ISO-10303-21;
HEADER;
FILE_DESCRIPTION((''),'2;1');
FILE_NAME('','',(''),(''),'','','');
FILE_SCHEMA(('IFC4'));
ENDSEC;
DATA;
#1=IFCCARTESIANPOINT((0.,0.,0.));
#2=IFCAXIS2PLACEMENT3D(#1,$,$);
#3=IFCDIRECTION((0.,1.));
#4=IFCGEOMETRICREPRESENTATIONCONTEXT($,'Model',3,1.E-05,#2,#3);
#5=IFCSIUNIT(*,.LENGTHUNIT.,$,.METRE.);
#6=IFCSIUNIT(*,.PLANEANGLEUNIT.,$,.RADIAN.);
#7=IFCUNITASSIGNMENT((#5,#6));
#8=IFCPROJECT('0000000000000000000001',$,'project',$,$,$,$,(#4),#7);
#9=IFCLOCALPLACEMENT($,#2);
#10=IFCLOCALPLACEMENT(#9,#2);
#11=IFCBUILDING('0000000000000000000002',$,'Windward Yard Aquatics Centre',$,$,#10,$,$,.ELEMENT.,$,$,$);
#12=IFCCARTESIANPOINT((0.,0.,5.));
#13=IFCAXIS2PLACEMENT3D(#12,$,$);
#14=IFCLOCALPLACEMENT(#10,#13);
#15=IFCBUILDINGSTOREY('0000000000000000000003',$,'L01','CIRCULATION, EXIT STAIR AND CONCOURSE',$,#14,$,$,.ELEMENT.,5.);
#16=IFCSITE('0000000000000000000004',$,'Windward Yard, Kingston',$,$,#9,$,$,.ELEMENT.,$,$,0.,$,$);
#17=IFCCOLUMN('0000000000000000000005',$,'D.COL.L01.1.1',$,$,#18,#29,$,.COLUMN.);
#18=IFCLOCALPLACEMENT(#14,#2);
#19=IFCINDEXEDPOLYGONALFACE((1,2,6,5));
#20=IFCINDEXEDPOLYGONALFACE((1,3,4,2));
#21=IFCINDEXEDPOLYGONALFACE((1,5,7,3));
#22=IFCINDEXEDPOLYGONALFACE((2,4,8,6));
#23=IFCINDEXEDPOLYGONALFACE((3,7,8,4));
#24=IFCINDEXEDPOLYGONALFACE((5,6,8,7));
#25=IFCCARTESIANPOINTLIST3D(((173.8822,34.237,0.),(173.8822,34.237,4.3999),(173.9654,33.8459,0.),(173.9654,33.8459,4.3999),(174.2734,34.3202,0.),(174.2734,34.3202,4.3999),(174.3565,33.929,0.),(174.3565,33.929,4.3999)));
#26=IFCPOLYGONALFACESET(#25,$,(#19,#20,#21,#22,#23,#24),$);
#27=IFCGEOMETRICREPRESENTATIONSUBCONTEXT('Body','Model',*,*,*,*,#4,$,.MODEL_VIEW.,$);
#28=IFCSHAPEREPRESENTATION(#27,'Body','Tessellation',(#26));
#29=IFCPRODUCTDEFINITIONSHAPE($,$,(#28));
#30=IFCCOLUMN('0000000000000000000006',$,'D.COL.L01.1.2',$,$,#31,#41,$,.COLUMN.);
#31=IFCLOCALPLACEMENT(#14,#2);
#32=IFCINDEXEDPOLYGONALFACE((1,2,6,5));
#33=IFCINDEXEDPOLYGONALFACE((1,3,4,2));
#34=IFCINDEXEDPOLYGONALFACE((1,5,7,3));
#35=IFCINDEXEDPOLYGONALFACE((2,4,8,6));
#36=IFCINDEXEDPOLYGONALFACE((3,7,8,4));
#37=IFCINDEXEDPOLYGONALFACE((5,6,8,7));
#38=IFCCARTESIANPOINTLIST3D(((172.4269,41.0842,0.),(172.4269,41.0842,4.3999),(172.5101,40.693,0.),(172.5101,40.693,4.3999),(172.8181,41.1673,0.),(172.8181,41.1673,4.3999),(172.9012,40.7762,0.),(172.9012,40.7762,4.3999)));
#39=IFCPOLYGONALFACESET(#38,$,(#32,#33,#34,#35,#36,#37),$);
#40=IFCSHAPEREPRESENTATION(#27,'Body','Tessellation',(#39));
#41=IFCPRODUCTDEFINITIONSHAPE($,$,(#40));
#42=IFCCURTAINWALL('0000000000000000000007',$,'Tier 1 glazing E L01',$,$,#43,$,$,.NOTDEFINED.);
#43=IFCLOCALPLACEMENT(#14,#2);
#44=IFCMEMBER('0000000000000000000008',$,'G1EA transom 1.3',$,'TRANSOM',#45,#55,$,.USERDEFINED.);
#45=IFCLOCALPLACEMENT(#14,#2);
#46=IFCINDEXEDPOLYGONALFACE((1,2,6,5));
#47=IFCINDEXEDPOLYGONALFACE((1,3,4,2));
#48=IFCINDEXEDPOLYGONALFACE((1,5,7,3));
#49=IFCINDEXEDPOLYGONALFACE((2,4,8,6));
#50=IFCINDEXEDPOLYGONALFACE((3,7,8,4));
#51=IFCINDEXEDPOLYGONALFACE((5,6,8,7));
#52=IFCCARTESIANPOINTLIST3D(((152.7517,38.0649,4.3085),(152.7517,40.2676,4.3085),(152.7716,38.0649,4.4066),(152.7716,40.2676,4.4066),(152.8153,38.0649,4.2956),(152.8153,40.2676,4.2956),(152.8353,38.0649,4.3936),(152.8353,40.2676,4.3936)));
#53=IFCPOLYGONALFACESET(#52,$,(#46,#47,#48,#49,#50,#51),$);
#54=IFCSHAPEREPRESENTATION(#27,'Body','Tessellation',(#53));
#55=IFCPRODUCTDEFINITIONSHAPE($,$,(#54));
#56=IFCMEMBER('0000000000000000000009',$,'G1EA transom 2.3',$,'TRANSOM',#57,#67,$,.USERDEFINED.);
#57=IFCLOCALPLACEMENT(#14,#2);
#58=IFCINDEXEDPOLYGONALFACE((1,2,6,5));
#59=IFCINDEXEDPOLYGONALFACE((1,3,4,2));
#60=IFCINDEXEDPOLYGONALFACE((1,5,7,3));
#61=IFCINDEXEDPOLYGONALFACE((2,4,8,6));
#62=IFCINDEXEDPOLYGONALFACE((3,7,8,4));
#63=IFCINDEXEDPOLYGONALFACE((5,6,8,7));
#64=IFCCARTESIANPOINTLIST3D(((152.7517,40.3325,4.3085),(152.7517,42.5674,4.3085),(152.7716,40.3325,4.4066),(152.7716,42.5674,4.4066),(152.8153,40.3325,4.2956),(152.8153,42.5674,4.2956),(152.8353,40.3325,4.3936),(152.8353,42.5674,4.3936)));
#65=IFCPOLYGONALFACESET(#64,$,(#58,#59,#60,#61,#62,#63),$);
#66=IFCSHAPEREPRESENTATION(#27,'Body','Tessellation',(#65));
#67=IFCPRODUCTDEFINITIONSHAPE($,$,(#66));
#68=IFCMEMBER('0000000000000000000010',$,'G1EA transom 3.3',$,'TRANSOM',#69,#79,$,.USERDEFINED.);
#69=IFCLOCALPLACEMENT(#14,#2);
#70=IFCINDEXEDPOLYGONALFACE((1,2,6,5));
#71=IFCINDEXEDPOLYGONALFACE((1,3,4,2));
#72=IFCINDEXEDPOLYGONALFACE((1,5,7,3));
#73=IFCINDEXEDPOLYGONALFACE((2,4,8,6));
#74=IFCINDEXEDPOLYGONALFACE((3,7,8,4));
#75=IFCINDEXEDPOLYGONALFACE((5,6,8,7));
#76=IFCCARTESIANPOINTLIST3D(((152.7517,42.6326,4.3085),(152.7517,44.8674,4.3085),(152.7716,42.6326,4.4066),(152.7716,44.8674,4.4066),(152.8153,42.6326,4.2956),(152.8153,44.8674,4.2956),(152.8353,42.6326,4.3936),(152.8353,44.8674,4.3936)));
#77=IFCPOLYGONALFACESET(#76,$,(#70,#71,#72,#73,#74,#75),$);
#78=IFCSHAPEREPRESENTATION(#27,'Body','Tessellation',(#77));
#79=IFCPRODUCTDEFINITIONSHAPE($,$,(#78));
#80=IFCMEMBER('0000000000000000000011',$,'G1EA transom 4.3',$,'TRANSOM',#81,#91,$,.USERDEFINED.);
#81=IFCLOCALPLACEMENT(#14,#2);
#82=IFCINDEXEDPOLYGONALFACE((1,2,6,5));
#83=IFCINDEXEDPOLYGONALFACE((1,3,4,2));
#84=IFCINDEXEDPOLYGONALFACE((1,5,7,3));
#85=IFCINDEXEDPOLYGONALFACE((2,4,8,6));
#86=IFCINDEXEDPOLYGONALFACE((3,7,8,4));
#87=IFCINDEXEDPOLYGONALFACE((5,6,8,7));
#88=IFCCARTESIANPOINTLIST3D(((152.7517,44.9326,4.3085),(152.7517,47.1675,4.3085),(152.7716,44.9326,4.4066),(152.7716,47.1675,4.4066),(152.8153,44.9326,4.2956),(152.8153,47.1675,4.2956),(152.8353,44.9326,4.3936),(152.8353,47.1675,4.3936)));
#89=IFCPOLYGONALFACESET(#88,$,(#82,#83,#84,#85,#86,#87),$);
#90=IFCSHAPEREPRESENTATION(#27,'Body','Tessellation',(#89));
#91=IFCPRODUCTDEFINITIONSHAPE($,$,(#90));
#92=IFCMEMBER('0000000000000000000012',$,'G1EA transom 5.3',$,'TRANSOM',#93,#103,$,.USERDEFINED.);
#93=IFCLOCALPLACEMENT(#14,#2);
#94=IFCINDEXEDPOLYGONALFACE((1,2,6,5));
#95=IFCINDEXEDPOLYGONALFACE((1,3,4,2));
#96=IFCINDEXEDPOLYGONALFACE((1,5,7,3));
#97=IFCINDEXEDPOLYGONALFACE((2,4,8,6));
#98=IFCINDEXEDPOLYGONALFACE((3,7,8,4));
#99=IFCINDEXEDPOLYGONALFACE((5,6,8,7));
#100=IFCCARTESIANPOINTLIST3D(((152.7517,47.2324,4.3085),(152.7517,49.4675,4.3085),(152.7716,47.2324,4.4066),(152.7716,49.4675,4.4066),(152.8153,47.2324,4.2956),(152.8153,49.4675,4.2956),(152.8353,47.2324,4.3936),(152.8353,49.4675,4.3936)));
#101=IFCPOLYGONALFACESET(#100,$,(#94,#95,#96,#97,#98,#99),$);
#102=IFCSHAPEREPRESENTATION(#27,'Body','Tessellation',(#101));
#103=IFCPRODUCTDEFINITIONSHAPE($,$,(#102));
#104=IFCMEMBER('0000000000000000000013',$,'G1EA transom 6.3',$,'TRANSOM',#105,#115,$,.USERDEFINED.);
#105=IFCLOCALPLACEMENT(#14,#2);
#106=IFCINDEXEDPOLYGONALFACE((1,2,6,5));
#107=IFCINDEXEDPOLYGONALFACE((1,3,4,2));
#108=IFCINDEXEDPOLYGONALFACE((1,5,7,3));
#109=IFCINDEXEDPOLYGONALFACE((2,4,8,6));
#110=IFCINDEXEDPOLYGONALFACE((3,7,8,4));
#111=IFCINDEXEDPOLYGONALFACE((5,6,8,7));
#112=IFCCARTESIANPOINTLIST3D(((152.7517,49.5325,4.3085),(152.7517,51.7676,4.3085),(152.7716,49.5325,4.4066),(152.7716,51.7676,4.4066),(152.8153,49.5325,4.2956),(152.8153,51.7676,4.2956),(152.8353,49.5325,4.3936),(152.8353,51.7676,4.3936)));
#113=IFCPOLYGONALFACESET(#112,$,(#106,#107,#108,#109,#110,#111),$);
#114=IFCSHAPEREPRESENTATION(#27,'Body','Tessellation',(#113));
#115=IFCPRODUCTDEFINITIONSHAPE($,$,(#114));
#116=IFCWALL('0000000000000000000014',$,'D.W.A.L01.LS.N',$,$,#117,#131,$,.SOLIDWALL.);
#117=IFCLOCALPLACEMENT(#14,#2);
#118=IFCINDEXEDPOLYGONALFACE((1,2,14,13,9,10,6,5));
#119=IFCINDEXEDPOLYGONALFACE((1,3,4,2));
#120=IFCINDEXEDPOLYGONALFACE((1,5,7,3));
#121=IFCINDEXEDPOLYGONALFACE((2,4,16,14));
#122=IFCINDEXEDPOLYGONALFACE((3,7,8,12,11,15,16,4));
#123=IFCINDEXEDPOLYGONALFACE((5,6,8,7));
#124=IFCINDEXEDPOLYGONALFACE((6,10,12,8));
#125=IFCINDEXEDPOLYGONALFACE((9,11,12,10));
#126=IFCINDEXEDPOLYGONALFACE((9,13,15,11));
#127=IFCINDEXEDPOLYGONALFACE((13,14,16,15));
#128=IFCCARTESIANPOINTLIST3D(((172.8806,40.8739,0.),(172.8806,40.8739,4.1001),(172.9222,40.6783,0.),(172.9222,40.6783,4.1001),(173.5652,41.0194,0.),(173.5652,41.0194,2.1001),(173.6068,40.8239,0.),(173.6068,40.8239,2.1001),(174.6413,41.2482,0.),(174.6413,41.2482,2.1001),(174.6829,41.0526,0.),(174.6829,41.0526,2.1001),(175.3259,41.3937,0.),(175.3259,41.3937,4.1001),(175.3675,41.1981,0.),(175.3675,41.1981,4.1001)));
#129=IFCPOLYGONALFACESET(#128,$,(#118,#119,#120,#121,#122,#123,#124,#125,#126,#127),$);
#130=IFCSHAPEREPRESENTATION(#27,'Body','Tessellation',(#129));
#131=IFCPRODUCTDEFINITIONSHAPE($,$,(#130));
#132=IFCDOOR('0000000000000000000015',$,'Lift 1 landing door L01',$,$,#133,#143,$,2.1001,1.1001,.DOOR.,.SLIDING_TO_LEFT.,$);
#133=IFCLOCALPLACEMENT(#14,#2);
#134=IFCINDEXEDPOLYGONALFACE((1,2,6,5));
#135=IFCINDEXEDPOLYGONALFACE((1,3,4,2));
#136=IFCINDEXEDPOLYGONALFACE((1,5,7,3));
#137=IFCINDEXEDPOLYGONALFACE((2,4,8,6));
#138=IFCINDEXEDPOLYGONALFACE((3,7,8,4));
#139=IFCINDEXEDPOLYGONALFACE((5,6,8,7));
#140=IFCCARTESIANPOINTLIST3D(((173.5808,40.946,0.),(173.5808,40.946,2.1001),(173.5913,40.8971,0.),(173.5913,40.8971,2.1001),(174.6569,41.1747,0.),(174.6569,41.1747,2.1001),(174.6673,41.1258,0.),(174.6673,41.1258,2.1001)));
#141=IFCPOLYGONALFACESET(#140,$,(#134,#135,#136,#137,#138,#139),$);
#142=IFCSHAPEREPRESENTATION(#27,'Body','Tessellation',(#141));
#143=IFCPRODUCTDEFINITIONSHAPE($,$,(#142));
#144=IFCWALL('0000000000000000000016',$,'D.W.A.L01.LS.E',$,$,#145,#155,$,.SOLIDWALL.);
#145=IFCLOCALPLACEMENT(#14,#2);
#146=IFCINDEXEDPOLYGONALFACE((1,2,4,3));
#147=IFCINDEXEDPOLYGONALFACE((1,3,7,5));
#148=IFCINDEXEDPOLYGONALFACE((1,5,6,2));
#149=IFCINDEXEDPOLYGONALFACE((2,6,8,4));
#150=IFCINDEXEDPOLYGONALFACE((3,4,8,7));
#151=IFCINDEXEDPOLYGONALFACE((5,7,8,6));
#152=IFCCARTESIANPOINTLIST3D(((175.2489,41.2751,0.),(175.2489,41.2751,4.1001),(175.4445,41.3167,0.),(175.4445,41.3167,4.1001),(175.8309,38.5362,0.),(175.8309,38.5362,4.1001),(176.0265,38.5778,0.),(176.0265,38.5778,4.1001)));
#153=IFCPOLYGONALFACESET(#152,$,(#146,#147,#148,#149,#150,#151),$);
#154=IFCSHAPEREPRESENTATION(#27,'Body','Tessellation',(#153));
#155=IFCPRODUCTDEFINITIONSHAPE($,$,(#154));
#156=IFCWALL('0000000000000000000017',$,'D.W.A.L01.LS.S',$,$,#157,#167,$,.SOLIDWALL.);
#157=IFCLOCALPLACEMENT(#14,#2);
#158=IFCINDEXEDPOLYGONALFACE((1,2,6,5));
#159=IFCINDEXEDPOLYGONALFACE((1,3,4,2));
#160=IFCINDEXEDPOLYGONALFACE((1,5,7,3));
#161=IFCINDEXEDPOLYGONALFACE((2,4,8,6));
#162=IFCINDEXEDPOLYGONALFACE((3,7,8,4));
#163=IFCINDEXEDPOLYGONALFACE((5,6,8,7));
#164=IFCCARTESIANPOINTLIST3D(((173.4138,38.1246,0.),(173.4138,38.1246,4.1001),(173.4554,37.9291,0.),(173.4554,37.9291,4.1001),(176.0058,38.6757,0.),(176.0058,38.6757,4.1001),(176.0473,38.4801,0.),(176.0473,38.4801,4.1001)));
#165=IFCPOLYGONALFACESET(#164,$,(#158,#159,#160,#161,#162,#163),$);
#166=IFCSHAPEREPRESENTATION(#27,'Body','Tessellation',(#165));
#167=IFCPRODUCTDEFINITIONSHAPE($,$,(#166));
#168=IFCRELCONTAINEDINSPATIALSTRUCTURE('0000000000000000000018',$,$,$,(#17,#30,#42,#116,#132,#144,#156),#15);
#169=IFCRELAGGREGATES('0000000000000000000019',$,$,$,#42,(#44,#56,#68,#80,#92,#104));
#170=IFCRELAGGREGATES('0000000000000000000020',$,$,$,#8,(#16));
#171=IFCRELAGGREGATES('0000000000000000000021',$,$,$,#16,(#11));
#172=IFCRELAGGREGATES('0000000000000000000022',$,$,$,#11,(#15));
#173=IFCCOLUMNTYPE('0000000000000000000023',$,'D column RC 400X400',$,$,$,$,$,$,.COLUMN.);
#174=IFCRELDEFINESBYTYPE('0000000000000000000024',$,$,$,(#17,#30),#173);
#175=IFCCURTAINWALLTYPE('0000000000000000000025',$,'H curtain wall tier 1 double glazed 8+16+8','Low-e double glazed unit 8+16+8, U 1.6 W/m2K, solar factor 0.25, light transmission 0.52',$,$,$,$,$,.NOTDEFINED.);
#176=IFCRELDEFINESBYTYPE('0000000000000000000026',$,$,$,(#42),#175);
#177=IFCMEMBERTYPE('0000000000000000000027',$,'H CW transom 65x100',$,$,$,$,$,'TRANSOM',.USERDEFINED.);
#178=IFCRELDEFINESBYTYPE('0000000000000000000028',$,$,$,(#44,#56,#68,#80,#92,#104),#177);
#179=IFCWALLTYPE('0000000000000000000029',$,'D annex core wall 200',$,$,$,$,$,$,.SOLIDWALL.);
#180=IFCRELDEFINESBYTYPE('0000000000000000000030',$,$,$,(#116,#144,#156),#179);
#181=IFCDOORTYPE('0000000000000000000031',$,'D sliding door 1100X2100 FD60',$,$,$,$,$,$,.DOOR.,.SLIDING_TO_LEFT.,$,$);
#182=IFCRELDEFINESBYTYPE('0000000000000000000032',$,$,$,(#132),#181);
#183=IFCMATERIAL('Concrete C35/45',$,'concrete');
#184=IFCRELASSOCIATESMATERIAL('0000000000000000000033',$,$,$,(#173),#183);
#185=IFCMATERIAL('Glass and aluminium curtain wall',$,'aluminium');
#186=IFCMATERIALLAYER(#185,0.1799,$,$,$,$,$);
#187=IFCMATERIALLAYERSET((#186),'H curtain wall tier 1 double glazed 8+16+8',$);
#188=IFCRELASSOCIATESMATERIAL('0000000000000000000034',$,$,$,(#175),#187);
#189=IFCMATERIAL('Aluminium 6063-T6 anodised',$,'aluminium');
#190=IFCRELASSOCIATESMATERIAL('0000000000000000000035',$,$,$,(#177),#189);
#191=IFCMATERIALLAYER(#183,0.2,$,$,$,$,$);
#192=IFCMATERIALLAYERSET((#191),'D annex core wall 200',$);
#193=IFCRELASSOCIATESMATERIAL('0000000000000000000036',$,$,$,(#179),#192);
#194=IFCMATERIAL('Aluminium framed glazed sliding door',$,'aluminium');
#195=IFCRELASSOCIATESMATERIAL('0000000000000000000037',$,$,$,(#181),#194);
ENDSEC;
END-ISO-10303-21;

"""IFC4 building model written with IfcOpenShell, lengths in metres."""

from ifc_helpers import new_model, si_unit, direction, frame, frame_2d, origin, origin_2d, place, context, subcontext, project, spatial, rectangle, extrude, material, layer, layer_set, material_profile, profile_set, type_object, element, fill, aggregate, save


model = new_model("IFC4")

# Units and contexts
model_context = context("Model", 3, precision=1e-05, world=origin(), true_north=direction((0.0, 1.0)))
body_context = subcontext(model_context, "Body", "Model", "MODEL_VIEW")
ifc_project = project(units=[si_unit("LENGTHUNIT", "METRE"), si_unit("PLANEANGLEUNIT", "RADIAN")], contexts=[model_context])

# Site, building, storey
site_placement = place(None, origin())
site = spatial("IfcSite", under=ifc_project, at=site_placement, Name="Windward Yard, Kingston", CompositionType="ELEMENT", RefElevation=0.0)
building_placement = place(site_placement, origin())
building = spatial("IfcBuilding", under=site, at=building_placement, Name="Windward Yard Aquatics Centre", CompositionType="ELEMENT")
storey_placement = place(building_placement, frame((0.0, 0.0, 5.0)))
storey = spatial("IfcBuildingStorey", under=building, at=storey_placement, Name="L01", Description="CIRCULATION, EXIT STAIR AND CONCOURSE", CompositionType="ELEMENT", Elevation=5.0)

# Columns
ifc_material_1 = material(Name="Concrete C35/45", Category="concrete")
ifc_material_profile_1 = material_profile(ifc_material_1, rectangle(XDim=0.3999, YDim=0.3999, at=origin_2d()), Name="RC 400X400")
ifc_profile_set_1 = profile_set([ifc_material_profile_1], Name="Concrete C35/45")
column_type_1 = type_object("IfcColumnType", Name="D column RC 400X400", PredefinedType="COLUMN", material=ifc_profile_set_1)
for number, where, z_axis, x_axis, name in (
    (1, (174.1194, 34.083, 0.0), (0.0, 0.0, 1.0), (0.978148, 0.207912, 0.0), "D.COL.L01.1.1"),
    (2, (172.6641, 40.9302, 0.0), (0.0, 0.0, 1.0), (0.978148, 0.207912, 0.0), "D.COL.L01.1.2"),
):
    element("IfcColumn", number, at=place(storey_placement, frame(where, z_axis=z_axis, x_axis=x_axis)), inside=storey, type_object=column_type_1, Name=name, PredefinedType="COLUMN", context=body_context, shape_type="SweptSolid", body=[
        extrude(rectangle(XDim=0.3999, YDim=0.3999, at=origin_2d()), origin(), (0.0, 0.0, 1.0), 4.3999),
    ])

# Curtain wall, members
ifc_material_2 = material(Name="Glass and aluminium curtain wall", Category="aluminium")
ifc_layer_1 = layer(ifc_material_2, 0.1799)
ifc_layer_set_1 = layer_set([ifc_layer_1], Name="H curtain wall tier 1 double glazed 8+16+8")
curtain_wall_type = type_object("IfcCurtainWallType", Name="H curtain wall tier 1 double glazed 8+16+8", Description="Low-e double glazed unit 8+16+8, U 1.6 W/m2K, solar factor 0.25, light transmission 0.52", PredefinedType="NOTDEFINED", material=ifc_layer_set_1)
curtain_wall_placement = place(storey_placement, origin())
curtain_wall = element("IfcCurtainWall", 3, at=curtain_wall_placement, inside=storey, type_object=curtain_wall_type, Name="Tier 1 glazing E L01", PredefinedType="NOTDEFINED")
ifc_material_3 = material(Name="Aluminium 6063-T6 anodised", Category="aluminium")
ifc_material_profile_2 = material_profile(ifc_material_3, rectangle(XDim=0.0649, YDim=0.1001, at=origin_2d()), Name="H CW transom 65x100")
ifc_profile_set_2 = profile_set([ifc_material_profile_2], Name="Aluminium 6063-T6 anodised")
member_type = type_object("IfcMemberType", Name="H CW transom 65x100", ElementType="TRANSOM", PredefinedType="USERDEFINED", material=ifc_profile_set_2)
member_1_placement = place(storey_placement, frame((152.7935, 38.0649, 4.3511), z_axis=(0.0, 1.0, 0.0), x_axis=(-0.979925, 0.0, 0.199368)))
member_1 = element("IfcMember", 4, at=member_1_placement, type_object=member_type, Name="G1EA transom 1.3", ObjectType="TRANSOM", PredefinedType="USERDEFINED", context=body_context, shape_type="SweptSolid", body=[
    extrude(rectangle(XDim=0.0649, YDim=0.1001, at=origin_2d()), origin(), (0.0, 0.0, 1.0), 2.2026),
])
member_2_placement = place(storey_placement, frame((152.7935, 40.3325, 4.3511), z_axis=(0.0, 1.0, 0.0), x_axis=(-0.979925, 0.0, 0.199368)))
member_2 = element("IfcMember", 5, at=member_2_placement, type_object=member_type, Name="G1EA transom 2.3", ObjectType="TRANSOM", PredefinedType="USERDEFINED", context=body_context, shape_type="SweptSolid", body=[
    extrude(rectangle(XDim=0.0649, YDim=0.1001, at=origin_2d()), origin(), (0.0, 0.0, 1.0), 2.2349),
])
member_3_placement = place(storey_placement, frame((152.7935, 42.6326, 4.3511), z_axis=(0.0, 1.0, 0.0), x_axis=(-0.979925, 0.0, 0.199368)))
member_3 = element("IfcMember", 6, at=member_3_placement, type_object=member_type, Name="G1EA transom 3.3", ObjectType="TRANSOM", PredefinedType="USERDEFINED", context=body_context, shape_type="SweptSolid", body=[
    extrude(rectangle(XDim=0.0649, YDim=0.1001, at=origin_2d()), origin(), (0.0, 0.0, 1.0), 2.2349),
])
member_4_placement = place(storey_placement, frame((152.7935, 44.9326, 4.3511), z_axis=(0.0, 1.0, 0.0), x_axis=(-0.979925, 0.0, 0.199368)))
member_4 = element("IfcMember", 7, at=member_4_placement, type_object=member_type, Name="G1EA transom 4.3", ObjectType="TRANSOM", PredefinedType="USERDEFINED", context=body_context, shape_type="SweptSolid", body=[
    extrude(rectangle(XDim=0.0649, YDim=0.1001, at=origin_2d()), origin(), (0.0, 0.0, 1.0), 2.2349),
])
member_5_placement = place(storey_placement, frame((152.7935, 47.2324, 4.3511), z_axis=(0.0, 1.0, 0.0), x_axis=(-0.979925, 0.0, 0.199368)))
member_5 = element("IfcMember", 8, at=member_5_placement, type_object=member_type, Name="G1EA transom 5.3", ObjectType="TRANSOM", PredefinedType="USERDEFINED", context=body_context, shape_type="SweptSolid", body=[
    extrude(rectangle(XDim=0.0649, YDim=0.1001, at=origin_2d()), origin(), (0.0, 0.0, 1.0), 2.2351),
])
member_6_placement = place(storey_placement, frame((152.7935, 49.5325, 4.3511), z_axis=(0.0, 1.0, 0.0), x_axis=(-0.979925, 0.0, 0.199368)))
member_6 = element("IfcMember", 9, at=member_6_placement, type_object=member_type, Name="G1EA transom 6.3", ObjectType="TRANSOM", PredefinedType="USERDEFINED", context=body_context, shape_type="SweptSolid", body=[
    extrude(rectangle(XDim=0.0649, YDim=0.1001, at=origin_2d()), origin(), (0.0, 0.0, 1.0), 2.2351),
])
aggregate(curtain_wall, [member_1, member_2, member_3, member_4, member_5, member_6])

# Wall, opening, door
ifc_layer_2 = layer(ifc_material_1, 0.2)
ifc_layer_set_2 = layer_set([ifc_layer_2], Name="D annex core wall 200")
wall_type_1 = type_object("IfcWallType", Name="D annex core wall 200", PredefinedType="SOLIDWALL", material=ifc_layer_set_2)
wall_1_placement = place(storey_placement, frame((172.9014, 40.7761, 0.0), z_axis=(0.0, 0.0, 1.0), x_axis=(0.978147, 0.207915, 0.0)))
wall_1 = element("IfcWall", 10, at=wall_1_placement, inside=storey, type_object=wall_type_1, Name="D.W.A.L01.LS.N", PredefinedType="SOLIDWALL", context=body_context, shape_type="SweptSolid", body=[
    extrude(rectangle(XDim=2.5, YDim=0.2, at=frame_2d((1.25, 0.0))), origin(), (0.0, 0.0, 1.0), 4.1001),
])
opening_1_placement = place(wall_1_placement, frame((0.7, 0.0, 0.0)))
opening_1 = element("IfcOpeningElement", 11, at=opening_1_placement, cuts=wall_1, PredefinedType="OPENING", context=body_context, shape_type="SweptSolid", body=[
    extrude(rectangle(XDim=1.1001, YDim=2.1001, at=frame_2d((0.55, 1.05))), frame((0.0, 0.1099, 0.0), z_axis=(0.0, -1.0, 0.0), x_axis=(1.0, 0.0, 0.0)), (0.0, 0.0, 1.0), 0.22),
])
ifc_material_4 = material(Name="Aluminium framed glazed sliding door", Category="aluminium")
door_type_1 = type_object("IfcDoorType", Name="D sliding door 1100X2100 FD60", OperationType="SLIDING_TO_LEFT", PredefinedType="DOOR", material=ifc_material_4)
door_1_placement = place(opening_1_placement, origin())
door_1 = element("IfcDoor", 12, at=door_1_placement, inside=storey, type_object=door_type_1, Name="Lift 1 landing door L01", OperationType="SLIDING_TO_LEFT", OverallHeight=2.1001, OverallWidth=1.1001, PredefinedType="DOOR", context=body_context, shape_type="SweptSolid", body=[
    extrude(rectangle(XDim=1.1001, YDim=2.1001, at=frame_2d((0.55, 1.05))), frame((0.0, 0.0249, 0.0), z_axis=(0.0, -1.0, 0.0), x_axis=(1.0, 0.0, 0.0)), (0.0, 0.0, 1.0), 0.05),
])
fill(opening_1, door_1)

# Walls
wall_2_placement = place(storey_placement, frame((175.9287, 38.5571, 0.0), z_axis=(0.0, 0.0, 1.0), x_axis=(-0.207873, 0.978156, 0.0)))
element("IfcWall", 13, at=wall_2_placement, inside=storey, type_object=wall_type_1, Name="D.W.A.L01.LS.E", PredefinedType="SOLIDWALL", context=body_context, shape_type="SweptSolid", body=[
    extrude(rectangle(XDim=2.8, YDim=0.2, at=frame_2d((1.3999, 0.0))), origin(), (0.0, 0.0, 1.0), 4.1001),
])
wall_3_placement = place(storey_placement, frame((173.4346, 38.0269, 0.0), z_axis=(0.0, 0.0, 1.0), x_axis=(0.978142, 0.207937, 0.0)))
element("IfcWall", 14, at=wall_3_placement, inside=storey, type_object=wall_type_1, Name="D.W.A.L01.LS.S", PredefinedType="SOLIDWALL", context=body_context, shape_type="SweptSolid", body=[
    extrude(rectangle(XDim=2.6499, YDim=0.2, at=frame_2d((1.325, 0.0))), origin(), (0.0, 0.0, 1.0), 4.1001),
])

save(model, "model.ifc")
